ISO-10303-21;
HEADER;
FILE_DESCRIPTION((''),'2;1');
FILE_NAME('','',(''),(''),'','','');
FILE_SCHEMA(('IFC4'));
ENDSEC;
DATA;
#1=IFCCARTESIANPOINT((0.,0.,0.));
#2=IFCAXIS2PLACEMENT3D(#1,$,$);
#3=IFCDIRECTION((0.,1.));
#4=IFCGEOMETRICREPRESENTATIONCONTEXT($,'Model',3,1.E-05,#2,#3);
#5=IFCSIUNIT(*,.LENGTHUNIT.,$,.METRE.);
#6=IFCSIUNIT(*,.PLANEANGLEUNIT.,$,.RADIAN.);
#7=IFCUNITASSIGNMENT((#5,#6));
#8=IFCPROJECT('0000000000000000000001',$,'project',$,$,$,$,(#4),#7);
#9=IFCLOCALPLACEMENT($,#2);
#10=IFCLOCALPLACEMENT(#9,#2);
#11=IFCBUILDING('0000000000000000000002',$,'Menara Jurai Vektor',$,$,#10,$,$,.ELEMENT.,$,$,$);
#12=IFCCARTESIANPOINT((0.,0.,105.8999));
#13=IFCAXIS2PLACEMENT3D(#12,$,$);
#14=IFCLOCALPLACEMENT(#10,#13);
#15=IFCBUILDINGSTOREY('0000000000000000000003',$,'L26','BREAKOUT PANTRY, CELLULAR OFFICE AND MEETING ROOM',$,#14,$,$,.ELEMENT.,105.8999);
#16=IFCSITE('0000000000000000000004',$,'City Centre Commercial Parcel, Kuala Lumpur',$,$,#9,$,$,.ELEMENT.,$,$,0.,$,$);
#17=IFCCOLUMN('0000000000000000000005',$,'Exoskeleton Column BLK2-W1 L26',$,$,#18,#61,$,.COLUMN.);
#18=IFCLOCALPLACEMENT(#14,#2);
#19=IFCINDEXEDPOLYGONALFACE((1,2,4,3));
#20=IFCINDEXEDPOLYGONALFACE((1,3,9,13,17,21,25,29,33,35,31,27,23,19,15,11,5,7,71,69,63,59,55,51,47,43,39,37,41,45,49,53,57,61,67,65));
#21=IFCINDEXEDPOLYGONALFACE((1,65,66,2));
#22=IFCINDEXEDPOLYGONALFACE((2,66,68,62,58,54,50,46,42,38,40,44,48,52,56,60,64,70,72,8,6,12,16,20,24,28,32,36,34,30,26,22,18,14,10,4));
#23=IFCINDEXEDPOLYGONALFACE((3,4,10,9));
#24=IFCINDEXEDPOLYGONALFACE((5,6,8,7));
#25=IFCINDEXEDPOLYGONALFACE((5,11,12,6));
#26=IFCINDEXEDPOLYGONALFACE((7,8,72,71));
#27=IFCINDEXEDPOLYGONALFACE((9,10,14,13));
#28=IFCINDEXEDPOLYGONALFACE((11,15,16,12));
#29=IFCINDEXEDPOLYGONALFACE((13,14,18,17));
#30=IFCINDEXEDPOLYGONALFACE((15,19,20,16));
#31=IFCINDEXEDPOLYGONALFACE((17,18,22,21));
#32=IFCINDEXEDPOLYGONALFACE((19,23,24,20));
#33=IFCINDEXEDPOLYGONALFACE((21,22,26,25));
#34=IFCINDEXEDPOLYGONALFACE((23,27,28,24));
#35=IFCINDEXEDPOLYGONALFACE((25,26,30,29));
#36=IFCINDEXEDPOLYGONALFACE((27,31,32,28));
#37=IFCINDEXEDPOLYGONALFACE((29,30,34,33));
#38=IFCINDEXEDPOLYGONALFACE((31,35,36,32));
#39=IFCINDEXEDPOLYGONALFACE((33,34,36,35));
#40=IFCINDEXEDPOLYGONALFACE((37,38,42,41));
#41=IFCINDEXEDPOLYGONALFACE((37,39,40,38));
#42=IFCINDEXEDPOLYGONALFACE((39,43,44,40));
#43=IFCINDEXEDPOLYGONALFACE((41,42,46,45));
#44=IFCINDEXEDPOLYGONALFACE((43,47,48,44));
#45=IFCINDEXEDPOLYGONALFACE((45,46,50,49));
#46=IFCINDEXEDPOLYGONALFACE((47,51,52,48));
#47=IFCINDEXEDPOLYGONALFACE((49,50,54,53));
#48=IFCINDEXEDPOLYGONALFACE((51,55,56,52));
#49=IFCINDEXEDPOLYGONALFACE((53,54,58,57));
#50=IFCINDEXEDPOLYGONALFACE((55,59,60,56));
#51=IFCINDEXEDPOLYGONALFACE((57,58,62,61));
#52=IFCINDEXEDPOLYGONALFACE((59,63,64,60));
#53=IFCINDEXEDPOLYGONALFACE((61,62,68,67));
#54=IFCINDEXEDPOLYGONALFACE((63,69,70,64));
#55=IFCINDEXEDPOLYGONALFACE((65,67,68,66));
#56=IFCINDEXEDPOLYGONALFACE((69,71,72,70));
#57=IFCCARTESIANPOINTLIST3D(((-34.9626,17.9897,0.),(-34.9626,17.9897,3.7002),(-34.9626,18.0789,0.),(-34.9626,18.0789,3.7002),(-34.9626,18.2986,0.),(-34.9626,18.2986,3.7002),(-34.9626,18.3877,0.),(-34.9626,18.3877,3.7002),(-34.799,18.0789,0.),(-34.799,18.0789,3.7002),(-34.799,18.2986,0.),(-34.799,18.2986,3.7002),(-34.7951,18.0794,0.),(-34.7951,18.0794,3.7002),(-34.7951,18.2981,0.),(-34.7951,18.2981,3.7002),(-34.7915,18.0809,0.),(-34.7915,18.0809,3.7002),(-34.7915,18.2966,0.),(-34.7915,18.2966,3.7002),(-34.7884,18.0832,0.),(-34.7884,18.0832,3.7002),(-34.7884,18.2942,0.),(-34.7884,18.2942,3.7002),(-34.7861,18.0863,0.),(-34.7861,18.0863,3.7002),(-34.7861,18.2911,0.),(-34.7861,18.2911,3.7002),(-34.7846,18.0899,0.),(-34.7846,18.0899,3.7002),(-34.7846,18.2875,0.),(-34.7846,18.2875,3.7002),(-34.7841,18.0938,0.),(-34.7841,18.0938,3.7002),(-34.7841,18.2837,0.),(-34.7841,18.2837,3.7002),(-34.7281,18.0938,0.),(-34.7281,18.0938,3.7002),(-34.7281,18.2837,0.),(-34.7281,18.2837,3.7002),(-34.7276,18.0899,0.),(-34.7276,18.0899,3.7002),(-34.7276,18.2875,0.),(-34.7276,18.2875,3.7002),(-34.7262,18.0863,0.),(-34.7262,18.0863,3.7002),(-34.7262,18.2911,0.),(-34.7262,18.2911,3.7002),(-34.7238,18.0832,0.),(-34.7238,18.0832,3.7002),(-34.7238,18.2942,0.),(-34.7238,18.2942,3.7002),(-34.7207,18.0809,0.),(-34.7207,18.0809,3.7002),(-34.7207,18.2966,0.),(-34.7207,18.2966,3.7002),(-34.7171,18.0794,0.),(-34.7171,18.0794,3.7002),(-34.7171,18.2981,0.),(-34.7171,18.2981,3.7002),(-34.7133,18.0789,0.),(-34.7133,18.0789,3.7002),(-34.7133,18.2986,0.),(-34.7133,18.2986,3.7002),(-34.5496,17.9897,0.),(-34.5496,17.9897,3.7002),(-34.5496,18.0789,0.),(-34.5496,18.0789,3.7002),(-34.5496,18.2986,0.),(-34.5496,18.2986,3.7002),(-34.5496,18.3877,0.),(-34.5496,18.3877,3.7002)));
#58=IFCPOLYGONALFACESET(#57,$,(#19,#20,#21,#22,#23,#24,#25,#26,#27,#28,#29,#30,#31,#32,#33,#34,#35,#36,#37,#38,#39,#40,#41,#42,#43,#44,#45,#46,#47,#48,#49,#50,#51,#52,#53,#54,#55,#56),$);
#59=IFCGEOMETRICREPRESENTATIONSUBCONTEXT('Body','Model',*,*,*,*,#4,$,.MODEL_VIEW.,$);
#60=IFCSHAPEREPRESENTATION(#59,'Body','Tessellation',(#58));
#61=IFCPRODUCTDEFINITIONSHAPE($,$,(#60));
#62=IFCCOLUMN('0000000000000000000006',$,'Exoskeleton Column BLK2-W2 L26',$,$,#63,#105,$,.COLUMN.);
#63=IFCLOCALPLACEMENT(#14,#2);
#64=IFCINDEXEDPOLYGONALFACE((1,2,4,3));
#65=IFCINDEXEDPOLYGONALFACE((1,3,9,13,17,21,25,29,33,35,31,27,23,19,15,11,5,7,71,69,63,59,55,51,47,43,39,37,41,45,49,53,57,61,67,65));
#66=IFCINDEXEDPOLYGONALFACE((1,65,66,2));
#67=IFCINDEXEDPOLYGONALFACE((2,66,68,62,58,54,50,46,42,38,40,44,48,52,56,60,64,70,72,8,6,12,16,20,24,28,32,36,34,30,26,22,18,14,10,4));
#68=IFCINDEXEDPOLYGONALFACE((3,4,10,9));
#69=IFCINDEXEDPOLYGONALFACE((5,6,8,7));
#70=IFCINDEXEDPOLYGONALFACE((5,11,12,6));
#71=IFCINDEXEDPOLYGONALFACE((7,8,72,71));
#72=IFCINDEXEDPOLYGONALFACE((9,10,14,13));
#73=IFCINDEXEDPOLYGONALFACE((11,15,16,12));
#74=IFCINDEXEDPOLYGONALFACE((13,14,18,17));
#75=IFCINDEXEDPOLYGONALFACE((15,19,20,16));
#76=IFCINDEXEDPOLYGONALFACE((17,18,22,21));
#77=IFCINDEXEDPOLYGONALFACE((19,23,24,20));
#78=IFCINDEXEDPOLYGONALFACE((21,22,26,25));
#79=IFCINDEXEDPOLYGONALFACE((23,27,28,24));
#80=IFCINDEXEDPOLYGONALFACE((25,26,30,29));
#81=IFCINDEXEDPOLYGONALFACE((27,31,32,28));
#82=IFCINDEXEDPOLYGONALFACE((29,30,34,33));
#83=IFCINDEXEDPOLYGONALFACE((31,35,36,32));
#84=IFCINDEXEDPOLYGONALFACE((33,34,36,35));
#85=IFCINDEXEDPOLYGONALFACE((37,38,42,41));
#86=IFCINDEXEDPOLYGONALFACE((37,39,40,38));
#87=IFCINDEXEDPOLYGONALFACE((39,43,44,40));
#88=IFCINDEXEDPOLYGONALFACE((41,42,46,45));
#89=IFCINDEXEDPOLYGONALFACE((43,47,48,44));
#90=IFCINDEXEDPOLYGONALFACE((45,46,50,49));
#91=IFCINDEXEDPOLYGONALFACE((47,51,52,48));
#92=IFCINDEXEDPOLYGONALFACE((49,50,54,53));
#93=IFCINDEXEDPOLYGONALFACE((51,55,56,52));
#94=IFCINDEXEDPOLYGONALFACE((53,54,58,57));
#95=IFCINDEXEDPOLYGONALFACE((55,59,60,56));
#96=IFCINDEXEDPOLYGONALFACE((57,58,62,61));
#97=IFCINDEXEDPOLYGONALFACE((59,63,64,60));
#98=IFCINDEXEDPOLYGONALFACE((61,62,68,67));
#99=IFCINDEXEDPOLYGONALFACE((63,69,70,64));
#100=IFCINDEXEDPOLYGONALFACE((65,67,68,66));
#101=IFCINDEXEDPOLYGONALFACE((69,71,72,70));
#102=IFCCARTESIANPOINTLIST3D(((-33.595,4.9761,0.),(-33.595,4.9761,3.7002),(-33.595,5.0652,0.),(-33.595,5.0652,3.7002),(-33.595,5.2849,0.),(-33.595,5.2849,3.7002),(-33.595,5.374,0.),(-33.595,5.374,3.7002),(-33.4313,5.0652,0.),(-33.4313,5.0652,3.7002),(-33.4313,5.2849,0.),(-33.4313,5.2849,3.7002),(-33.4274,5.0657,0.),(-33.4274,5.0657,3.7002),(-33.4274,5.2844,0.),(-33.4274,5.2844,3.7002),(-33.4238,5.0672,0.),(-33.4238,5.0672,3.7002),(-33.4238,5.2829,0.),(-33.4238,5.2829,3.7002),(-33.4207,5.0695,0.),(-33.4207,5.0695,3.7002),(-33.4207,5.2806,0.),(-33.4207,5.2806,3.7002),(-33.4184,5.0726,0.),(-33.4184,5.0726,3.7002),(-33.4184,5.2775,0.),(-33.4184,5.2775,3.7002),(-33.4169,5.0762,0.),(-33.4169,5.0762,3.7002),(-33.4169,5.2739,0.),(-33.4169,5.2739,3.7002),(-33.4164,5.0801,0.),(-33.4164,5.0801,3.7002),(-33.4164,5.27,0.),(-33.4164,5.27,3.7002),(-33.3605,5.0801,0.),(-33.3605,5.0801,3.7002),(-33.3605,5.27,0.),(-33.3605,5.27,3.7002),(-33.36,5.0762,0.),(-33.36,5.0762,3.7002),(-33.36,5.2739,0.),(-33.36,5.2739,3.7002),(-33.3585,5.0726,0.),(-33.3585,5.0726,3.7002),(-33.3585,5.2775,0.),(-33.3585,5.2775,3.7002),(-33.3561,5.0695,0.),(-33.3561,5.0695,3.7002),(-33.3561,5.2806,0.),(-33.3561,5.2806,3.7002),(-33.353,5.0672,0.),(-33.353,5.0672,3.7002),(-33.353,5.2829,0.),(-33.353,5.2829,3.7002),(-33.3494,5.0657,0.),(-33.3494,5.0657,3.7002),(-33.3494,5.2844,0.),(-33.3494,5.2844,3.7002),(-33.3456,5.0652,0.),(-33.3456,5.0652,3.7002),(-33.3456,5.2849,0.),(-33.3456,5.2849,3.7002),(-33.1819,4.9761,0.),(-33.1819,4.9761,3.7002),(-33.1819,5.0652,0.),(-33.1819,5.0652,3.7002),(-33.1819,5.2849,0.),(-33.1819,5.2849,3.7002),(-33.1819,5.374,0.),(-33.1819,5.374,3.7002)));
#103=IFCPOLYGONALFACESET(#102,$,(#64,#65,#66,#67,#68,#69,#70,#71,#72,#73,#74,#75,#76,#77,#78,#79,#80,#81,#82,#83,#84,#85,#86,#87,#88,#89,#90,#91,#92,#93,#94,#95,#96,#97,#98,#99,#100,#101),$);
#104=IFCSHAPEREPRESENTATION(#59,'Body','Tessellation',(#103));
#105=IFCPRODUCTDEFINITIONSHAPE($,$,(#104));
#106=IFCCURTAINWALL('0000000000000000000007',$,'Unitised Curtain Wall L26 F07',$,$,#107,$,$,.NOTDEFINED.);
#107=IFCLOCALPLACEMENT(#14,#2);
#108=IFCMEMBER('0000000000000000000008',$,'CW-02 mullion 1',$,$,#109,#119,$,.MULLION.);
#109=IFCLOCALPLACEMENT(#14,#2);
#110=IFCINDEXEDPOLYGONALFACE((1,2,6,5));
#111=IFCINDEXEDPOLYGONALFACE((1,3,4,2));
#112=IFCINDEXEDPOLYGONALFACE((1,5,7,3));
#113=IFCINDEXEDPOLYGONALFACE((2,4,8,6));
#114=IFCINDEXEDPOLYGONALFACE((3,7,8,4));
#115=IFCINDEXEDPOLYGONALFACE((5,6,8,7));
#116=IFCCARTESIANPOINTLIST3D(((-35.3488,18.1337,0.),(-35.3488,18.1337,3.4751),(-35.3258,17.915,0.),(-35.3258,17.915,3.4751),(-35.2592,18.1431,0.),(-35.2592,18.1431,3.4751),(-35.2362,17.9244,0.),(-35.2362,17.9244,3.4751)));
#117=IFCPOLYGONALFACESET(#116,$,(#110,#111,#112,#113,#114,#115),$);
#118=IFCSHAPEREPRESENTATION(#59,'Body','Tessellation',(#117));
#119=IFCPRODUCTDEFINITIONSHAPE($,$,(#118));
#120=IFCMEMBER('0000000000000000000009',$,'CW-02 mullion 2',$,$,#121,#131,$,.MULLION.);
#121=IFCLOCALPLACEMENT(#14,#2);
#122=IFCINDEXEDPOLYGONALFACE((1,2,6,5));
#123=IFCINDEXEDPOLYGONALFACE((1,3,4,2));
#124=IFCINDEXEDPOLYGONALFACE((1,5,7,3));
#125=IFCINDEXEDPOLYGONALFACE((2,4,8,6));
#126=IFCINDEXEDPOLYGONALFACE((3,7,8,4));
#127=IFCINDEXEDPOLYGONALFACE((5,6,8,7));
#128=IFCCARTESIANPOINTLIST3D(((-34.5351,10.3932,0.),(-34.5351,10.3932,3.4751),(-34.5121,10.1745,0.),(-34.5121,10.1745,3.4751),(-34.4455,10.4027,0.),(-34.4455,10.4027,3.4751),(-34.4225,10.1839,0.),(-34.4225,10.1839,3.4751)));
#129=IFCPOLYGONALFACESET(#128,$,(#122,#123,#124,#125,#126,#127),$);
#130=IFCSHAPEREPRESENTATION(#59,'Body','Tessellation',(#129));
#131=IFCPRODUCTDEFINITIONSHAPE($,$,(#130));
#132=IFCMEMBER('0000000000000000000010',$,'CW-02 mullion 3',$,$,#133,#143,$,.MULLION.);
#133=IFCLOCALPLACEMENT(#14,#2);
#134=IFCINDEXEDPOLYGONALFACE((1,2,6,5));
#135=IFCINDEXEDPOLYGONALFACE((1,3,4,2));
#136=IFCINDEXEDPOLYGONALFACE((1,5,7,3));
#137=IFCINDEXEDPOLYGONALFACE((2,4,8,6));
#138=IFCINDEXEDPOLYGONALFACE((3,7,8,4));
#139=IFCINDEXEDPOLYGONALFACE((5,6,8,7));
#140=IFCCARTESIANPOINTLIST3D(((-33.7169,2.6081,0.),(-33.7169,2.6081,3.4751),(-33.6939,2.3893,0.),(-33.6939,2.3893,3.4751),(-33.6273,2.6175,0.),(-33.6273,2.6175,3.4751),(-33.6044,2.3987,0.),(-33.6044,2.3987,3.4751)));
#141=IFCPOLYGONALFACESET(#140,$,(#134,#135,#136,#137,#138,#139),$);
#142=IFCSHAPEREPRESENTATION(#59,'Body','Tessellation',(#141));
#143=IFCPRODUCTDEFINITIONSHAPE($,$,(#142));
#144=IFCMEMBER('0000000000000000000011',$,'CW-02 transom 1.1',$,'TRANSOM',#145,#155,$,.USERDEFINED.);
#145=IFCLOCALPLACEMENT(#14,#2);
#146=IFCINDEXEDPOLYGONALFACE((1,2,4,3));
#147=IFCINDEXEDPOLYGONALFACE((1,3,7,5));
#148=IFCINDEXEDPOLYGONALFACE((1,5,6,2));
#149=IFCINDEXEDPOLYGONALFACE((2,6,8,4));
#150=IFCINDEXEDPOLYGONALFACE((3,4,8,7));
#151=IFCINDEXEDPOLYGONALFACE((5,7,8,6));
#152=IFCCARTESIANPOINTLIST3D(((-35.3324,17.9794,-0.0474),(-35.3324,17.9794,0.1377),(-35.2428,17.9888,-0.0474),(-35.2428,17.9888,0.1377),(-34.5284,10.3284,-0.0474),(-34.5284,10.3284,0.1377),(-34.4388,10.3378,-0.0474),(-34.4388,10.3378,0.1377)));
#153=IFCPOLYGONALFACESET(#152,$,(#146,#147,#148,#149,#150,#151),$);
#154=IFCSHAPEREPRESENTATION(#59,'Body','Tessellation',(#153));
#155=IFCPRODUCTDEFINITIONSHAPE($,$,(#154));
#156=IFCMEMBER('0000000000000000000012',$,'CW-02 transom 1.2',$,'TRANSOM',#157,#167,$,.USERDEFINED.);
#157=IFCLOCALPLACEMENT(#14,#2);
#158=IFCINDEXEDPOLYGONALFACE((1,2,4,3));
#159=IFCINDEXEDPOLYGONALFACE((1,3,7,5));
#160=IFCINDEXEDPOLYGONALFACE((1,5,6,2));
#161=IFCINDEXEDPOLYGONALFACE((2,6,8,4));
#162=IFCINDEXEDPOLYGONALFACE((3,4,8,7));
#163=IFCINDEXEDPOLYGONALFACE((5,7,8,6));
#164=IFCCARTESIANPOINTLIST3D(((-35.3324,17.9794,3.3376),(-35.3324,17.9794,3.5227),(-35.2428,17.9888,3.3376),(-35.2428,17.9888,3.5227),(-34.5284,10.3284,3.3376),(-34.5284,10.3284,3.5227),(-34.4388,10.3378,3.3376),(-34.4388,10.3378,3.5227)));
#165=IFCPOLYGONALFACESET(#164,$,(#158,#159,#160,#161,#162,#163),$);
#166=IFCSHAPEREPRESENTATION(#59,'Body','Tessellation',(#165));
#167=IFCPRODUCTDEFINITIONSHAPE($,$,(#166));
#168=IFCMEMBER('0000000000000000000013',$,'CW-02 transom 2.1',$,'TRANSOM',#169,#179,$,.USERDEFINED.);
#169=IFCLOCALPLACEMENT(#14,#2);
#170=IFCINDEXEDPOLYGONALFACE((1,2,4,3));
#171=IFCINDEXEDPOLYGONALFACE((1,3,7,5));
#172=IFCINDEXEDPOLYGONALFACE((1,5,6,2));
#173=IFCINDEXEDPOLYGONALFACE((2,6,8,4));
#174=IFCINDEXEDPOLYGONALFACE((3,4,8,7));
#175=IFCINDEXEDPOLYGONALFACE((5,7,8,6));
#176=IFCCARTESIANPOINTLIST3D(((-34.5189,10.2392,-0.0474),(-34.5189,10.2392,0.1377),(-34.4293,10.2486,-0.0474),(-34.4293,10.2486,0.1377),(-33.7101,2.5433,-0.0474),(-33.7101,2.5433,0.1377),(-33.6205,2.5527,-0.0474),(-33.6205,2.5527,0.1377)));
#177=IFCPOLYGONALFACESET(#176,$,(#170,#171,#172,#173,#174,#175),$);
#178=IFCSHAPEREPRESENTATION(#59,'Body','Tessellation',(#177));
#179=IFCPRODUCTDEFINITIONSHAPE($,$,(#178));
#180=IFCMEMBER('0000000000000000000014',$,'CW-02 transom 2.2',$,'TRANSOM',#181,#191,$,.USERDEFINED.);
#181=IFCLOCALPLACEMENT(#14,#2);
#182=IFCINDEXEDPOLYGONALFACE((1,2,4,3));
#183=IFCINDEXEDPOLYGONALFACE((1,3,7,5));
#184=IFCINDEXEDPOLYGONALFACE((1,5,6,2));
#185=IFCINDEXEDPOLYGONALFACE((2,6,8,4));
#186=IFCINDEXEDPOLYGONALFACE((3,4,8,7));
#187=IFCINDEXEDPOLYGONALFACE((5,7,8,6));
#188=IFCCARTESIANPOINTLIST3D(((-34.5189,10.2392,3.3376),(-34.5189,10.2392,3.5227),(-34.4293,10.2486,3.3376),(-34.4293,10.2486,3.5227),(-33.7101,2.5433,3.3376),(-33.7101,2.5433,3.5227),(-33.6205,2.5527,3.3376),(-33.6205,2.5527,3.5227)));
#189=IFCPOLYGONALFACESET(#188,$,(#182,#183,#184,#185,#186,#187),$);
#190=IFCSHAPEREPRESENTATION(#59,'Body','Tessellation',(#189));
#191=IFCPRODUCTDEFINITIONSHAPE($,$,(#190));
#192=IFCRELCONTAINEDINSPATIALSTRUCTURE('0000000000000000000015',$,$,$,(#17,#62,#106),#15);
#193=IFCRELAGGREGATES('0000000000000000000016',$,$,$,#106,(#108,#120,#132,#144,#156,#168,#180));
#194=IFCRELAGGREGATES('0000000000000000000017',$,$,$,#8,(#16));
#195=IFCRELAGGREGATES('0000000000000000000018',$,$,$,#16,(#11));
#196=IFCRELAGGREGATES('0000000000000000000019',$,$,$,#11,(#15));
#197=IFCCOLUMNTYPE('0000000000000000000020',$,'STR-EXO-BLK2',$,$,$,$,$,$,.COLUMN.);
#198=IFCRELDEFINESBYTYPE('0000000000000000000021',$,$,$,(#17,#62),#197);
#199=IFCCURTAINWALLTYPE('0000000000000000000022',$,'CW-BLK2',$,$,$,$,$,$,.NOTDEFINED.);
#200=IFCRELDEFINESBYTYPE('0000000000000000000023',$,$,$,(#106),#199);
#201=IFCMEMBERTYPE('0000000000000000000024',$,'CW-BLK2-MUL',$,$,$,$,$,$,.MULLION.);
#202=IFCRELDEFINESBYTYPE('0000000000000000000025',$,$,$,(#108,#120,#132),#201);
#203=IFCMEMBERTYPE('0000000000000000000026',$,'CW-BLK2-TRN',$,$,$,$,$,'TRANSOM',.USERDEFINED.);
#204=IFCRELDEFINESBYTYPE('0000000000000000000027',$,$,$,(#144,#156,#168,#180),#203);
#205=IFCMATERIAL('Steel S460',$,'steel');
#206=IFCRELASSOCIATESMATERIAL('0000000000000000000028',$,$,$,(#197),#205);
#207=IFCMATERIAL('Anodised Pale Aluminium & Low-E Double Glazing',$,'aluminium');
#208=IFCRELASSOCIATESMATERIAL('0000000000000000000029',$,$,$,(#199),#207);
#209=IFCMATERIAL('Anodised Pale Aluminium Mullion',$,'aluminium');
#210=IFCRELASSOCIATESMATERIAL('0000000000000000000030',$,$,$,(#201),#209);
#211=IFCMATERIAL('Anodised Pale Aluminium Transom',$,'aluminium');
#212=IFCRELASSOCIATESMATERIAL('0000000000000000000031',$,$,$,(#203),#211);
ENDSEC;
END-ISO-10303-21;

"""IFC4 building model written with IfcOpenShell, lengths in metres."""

from ifc_helpers import new_model, si_unit, direction, frame, origin, origin_2d, place, context, subcontext, project, spatial, rectangle, i_section, extrude, material, material_profile, profile_set, type_object, element, aggregate, save


model = new_model("IFC4")

# Units and contexts
model_context = context("Model", 3, precision=1e-05, world=origin(), true_north=direction((0.0, 1.0)))
body_context = subcontext(model_context, "Body", "Model", "MODEL_VIEW")
ifc_project = project(units=[si_unit("LENGTHUNIT", "METRE"), si_unit("PLANEANGLEUNIT", "RADIAN")], contexts=[model_context])

# Site, building, storey
site_placement = place(None, origin())
site = spatial("IfcSite", under=ifc_project, at=site_placement, Name="City Centre Commercial Parcel, Kuala Lumpur", CompositionType="ELEMENT", RefElevation=0.0)
building_placement = place(site_placement, origin())
building = spatial("IfcBuilding", under=site, at=building_placement, Name="Menara Jurai Vektor", CompositionType="ELEMENT")
storey_placement = place(building_placement, frame((0.0, 0.0, 105.8999)))
storey = spatial("IfcBuildingStorey", under=building, at=storey_placement, Name="L26", Description="BREAKOUT PANTRY, CELLULAR OFFICE AND MEETING ROOM", CompositionType="ELEMENT", Elevation=105.8999)

# Columns
ifc_material_1 = material(Name="Steel S460", Category="steel")
ifc_material_profile_1 = material_profile(ifc_material_1, i_section(OverallWidth=0.4131, OverallDepth=0.3979, WebThickness=0.0559, FlangeThickness=0.0891, FilletRadius=0.0149, at=origin_2d()), Name="HD 400x744")
ifc_profile_set_1 = profile_set([ifc_material_profile_1], Name="Steel S460")
column_type = type_object("IfcColumnType", Name="STR-EXO-BLK2", PredefinedType="COLUMN", material=ifc_profile_set_1)
for number, where, z_axis, x_axis, name in (
    (1, (-34.7561, 18.1887, 0.0), (0.0, 0.0, 1.0), (1.0, 0.0, 0.0), "Exoskeleton Column BLK2-W1 L26"),
    (2, (-33.3884, 5.175, 0.0), (0.0, 0.0, 1.0), (1.0, 0.0, 0.0), "Exoskeleton Column BLK2-W2 L26"),
):
    element("IfcColumn", number, at=place(storey_placement, frame(where, z_axis=z_axis, x_axis=x_axis)), inside=storey, type_object=column_type, Name=name, PredefinedType="COLUMN", context=body_context, shape_type="SweptSolid", body=[
        extrude(i_section(OverallWidth=0.4131, OverallDepth=0.3979, WebThickness=0.0559, FlangeThickness=0.0891, FilletRadius=0.0149, at=origin_2d()), origin(), (0.0, 0.0, 1.0), 3.7002),
    ])

# Curtain wall, members
ifc_material_2 = material(Name="Anodised Pale Aluminium & Low-E Double Glazing", Category="aluminium")
curtain_wall_type = type_object("IfcCurtainWallType", Name="CW-BLK2", PredefinedType="NOTDEFINED", material=ifc_material_2)
curtain_wall_placement = place(storey_placement, origin())
curtain_wall = element("IfcCurtainWall", 3, at=curtain_wall_placement, inside=storey, type_object=curtain_wall_type, Name="Unitised Curtain Wall L26 F07", PredefinedType="NOTDEFINED")
ifc_material_3 = material(Name="Anodised Pale Aluminium Mullion", Category="aluminium")
ifc_material_profile_2 = material_profile(ifc_material_3, rectangle(XDim=0.0901, YDim=0.22, at=origin_2d()), Name="ALU MUL 90x220")
ifc_profile_set_2 = profile_set([ifc_material_profile_2], Name="Anodised Pale Aluminium Mullion")
member_type_1 = type_object("IfcMemberType", Name="CW-BLK2-MUL", PredefinedType="MULLION", material=ifc_profile_set_2)
member_1_placement = place(storey_placement, frame((-35.2925, 18.0291, 0.0), z_axis=(0.0, 0.0, 1.0), x_axis=(0.994522, 0.10453, 0.0)))
member_1 = element("IfcMember", 4, at=member_1_placement, type_object=member_type_1, Name="CW-02 mullion 1", PredefinedType="MULLION", context=body_context, shape_type="SweptSolid", body=[
    extrude(rectangle(XDim=0.0901, YDim=0.22, at=origin_2d()), origin(), (0.0, 0.0, 1.0), 3.4751),
])
member_2_placement = place(storey_placement, frame((-34.4788, 10.2886, 0.0), z_axis=(0.0, 0.0, 1.0), x_axis=(0.994522, 0.10453, 0.0)))
member_2 = element("IfcMember", 5, at=member_2_placement, type_object=member_type_1, Name="CW-02 mullion 2", PredefinedType="MULLION", context=body_context, shape_type="SweptSolid", body=[
    extrude(rectangle(XDim=0.0901, YDim=0.22, at=origin_2d()), origin(), (0.0, 0.0, 1.0), 3.4751),
])
member_3_placement = place(storey_placement, frame((-33.6606, 2.5034, 0.0), z_axis=(0.0, 0.0, 1.0), x_axis=(0.994522, 0.10453, 0.0)))
member_3 = element("IfcMember", 6, at=member_3_placement, type_object=member_type_1, Name="CW-02 mullion 3", PredefinedType="MULLION", context=body_context, shape_type="SweptSolid", body=[
    extrude(rectangle(XDim=0.0901, YDim=0.22, at=origin_2d()), origin(), (0.0, 0.0, 1.0), 3.4751),
])
ifc_material_4 = material(Name="Anodised Pale Aluminium Transom", Category="aluminium")
ifc_material_profile_3 = material_profile(ifc_material_4, rectangle(XDim=0.0901, YDim=0.1851, at=origin_2d()), Name="ALU TRN 90x185")
ifc_profile_set_3 = profile_set([ifc_material_profile_3], Name="Anodised Pale Aluminium Transom")
member_type_2 = type_object("IfcMemberType", Name="CW-BLK2-TRN", ElementType="TRANSOM", PredefinedType="USERDEFINED", material=ifc_profile_set_3)
member_4_placement = place(storey_placement, frame((-35.2876, 17.9841, 0.0452), z_axis=(0.104505, -0.994524, 0.0), x_axis=(0.994524, 0.104505, 0.0)))
member_4 = element("IfcMember", 7, at=member_4_placement, type_object=member_type_2, Name="CW-02 transom 1.1", ObjectType="TRANSOM", PredefinedType="USERDEFINED", context=body_context, shape_type="SweptSolid", body=[
    extrude(rectangle(XDim=0.0901, YDim=0.1851, at=origin_2d()), origin(), (0.0, 0.0, 1.0), 7.6931),
])
member_5_placement = place(storey_placement, frame((-35.2876, 17.9841, 3.4302), z_axis=(0.104505, -0.994524, 0.0), x_axis=(0.994524, 0.104505, 0.0)))
member_5 = element("IfcMember", 8, at=member_5_placement, type_object=member_type_2, Name="CW-02 transom 1.2", ObjectType="TRANSOM", PredefinedType="USERDEFINED", context=body_context, shape_type="SweptSolid", body=[
    extrude(rectangle(XDim=0.0901, YDim=0.1851, at=origin_2d()), origin(), (0.0, 0.0, 1.0), 7.6931),
])
member_6_placement = place(storey_placement, frame((-34.4741, 10.2439, 0.0452), z_axis=(0.104525, -0.994522, 0.0), x_axis=(0.994522, 0.104525, 0.0)))
member_6 = element("IfcMember", 9, at=member_6_placement, type_object=member_type_2, Name="CW-02 transom 2.1", ObjectType="TRANSOM", PredefinedType="USERDEFINED", context=body_context, shape_type="SweptSolid", body=[
    extrude(rectangle(XDim=0.0901, YDim=0.1851, at=origin_2d()), origin(), (0.0, 0.0, 1.0), 7.7383),
])
member_7_placement = place(storey_placement, frame((-34.4741, 10.2439, 3.4302), z_axis=(0.104525, -0.994522, 0.0), x_axis=(0.994522, 0.104525, 0.0)))
member_7 = element("IfcMember", 10, at=member_7_placement, type_object=member_type_2, Name="CW-02 transom 2.2", ObjectType="TRANSOM", PredefinedType="USERDEFINED", context=body_context, shape_type="SweptSolid", body=[
    extrude(rectangle(XDim=0.0901, YDim=0.1851, at=origin_2d()), origin(), (0.0, 0.0, 1.0), 7.7383),
])

aggregate(curtain_wall, [member_1, member_2, member_3, member_4, member_5, member_6, member_7])

save(model, "model.ifc")
